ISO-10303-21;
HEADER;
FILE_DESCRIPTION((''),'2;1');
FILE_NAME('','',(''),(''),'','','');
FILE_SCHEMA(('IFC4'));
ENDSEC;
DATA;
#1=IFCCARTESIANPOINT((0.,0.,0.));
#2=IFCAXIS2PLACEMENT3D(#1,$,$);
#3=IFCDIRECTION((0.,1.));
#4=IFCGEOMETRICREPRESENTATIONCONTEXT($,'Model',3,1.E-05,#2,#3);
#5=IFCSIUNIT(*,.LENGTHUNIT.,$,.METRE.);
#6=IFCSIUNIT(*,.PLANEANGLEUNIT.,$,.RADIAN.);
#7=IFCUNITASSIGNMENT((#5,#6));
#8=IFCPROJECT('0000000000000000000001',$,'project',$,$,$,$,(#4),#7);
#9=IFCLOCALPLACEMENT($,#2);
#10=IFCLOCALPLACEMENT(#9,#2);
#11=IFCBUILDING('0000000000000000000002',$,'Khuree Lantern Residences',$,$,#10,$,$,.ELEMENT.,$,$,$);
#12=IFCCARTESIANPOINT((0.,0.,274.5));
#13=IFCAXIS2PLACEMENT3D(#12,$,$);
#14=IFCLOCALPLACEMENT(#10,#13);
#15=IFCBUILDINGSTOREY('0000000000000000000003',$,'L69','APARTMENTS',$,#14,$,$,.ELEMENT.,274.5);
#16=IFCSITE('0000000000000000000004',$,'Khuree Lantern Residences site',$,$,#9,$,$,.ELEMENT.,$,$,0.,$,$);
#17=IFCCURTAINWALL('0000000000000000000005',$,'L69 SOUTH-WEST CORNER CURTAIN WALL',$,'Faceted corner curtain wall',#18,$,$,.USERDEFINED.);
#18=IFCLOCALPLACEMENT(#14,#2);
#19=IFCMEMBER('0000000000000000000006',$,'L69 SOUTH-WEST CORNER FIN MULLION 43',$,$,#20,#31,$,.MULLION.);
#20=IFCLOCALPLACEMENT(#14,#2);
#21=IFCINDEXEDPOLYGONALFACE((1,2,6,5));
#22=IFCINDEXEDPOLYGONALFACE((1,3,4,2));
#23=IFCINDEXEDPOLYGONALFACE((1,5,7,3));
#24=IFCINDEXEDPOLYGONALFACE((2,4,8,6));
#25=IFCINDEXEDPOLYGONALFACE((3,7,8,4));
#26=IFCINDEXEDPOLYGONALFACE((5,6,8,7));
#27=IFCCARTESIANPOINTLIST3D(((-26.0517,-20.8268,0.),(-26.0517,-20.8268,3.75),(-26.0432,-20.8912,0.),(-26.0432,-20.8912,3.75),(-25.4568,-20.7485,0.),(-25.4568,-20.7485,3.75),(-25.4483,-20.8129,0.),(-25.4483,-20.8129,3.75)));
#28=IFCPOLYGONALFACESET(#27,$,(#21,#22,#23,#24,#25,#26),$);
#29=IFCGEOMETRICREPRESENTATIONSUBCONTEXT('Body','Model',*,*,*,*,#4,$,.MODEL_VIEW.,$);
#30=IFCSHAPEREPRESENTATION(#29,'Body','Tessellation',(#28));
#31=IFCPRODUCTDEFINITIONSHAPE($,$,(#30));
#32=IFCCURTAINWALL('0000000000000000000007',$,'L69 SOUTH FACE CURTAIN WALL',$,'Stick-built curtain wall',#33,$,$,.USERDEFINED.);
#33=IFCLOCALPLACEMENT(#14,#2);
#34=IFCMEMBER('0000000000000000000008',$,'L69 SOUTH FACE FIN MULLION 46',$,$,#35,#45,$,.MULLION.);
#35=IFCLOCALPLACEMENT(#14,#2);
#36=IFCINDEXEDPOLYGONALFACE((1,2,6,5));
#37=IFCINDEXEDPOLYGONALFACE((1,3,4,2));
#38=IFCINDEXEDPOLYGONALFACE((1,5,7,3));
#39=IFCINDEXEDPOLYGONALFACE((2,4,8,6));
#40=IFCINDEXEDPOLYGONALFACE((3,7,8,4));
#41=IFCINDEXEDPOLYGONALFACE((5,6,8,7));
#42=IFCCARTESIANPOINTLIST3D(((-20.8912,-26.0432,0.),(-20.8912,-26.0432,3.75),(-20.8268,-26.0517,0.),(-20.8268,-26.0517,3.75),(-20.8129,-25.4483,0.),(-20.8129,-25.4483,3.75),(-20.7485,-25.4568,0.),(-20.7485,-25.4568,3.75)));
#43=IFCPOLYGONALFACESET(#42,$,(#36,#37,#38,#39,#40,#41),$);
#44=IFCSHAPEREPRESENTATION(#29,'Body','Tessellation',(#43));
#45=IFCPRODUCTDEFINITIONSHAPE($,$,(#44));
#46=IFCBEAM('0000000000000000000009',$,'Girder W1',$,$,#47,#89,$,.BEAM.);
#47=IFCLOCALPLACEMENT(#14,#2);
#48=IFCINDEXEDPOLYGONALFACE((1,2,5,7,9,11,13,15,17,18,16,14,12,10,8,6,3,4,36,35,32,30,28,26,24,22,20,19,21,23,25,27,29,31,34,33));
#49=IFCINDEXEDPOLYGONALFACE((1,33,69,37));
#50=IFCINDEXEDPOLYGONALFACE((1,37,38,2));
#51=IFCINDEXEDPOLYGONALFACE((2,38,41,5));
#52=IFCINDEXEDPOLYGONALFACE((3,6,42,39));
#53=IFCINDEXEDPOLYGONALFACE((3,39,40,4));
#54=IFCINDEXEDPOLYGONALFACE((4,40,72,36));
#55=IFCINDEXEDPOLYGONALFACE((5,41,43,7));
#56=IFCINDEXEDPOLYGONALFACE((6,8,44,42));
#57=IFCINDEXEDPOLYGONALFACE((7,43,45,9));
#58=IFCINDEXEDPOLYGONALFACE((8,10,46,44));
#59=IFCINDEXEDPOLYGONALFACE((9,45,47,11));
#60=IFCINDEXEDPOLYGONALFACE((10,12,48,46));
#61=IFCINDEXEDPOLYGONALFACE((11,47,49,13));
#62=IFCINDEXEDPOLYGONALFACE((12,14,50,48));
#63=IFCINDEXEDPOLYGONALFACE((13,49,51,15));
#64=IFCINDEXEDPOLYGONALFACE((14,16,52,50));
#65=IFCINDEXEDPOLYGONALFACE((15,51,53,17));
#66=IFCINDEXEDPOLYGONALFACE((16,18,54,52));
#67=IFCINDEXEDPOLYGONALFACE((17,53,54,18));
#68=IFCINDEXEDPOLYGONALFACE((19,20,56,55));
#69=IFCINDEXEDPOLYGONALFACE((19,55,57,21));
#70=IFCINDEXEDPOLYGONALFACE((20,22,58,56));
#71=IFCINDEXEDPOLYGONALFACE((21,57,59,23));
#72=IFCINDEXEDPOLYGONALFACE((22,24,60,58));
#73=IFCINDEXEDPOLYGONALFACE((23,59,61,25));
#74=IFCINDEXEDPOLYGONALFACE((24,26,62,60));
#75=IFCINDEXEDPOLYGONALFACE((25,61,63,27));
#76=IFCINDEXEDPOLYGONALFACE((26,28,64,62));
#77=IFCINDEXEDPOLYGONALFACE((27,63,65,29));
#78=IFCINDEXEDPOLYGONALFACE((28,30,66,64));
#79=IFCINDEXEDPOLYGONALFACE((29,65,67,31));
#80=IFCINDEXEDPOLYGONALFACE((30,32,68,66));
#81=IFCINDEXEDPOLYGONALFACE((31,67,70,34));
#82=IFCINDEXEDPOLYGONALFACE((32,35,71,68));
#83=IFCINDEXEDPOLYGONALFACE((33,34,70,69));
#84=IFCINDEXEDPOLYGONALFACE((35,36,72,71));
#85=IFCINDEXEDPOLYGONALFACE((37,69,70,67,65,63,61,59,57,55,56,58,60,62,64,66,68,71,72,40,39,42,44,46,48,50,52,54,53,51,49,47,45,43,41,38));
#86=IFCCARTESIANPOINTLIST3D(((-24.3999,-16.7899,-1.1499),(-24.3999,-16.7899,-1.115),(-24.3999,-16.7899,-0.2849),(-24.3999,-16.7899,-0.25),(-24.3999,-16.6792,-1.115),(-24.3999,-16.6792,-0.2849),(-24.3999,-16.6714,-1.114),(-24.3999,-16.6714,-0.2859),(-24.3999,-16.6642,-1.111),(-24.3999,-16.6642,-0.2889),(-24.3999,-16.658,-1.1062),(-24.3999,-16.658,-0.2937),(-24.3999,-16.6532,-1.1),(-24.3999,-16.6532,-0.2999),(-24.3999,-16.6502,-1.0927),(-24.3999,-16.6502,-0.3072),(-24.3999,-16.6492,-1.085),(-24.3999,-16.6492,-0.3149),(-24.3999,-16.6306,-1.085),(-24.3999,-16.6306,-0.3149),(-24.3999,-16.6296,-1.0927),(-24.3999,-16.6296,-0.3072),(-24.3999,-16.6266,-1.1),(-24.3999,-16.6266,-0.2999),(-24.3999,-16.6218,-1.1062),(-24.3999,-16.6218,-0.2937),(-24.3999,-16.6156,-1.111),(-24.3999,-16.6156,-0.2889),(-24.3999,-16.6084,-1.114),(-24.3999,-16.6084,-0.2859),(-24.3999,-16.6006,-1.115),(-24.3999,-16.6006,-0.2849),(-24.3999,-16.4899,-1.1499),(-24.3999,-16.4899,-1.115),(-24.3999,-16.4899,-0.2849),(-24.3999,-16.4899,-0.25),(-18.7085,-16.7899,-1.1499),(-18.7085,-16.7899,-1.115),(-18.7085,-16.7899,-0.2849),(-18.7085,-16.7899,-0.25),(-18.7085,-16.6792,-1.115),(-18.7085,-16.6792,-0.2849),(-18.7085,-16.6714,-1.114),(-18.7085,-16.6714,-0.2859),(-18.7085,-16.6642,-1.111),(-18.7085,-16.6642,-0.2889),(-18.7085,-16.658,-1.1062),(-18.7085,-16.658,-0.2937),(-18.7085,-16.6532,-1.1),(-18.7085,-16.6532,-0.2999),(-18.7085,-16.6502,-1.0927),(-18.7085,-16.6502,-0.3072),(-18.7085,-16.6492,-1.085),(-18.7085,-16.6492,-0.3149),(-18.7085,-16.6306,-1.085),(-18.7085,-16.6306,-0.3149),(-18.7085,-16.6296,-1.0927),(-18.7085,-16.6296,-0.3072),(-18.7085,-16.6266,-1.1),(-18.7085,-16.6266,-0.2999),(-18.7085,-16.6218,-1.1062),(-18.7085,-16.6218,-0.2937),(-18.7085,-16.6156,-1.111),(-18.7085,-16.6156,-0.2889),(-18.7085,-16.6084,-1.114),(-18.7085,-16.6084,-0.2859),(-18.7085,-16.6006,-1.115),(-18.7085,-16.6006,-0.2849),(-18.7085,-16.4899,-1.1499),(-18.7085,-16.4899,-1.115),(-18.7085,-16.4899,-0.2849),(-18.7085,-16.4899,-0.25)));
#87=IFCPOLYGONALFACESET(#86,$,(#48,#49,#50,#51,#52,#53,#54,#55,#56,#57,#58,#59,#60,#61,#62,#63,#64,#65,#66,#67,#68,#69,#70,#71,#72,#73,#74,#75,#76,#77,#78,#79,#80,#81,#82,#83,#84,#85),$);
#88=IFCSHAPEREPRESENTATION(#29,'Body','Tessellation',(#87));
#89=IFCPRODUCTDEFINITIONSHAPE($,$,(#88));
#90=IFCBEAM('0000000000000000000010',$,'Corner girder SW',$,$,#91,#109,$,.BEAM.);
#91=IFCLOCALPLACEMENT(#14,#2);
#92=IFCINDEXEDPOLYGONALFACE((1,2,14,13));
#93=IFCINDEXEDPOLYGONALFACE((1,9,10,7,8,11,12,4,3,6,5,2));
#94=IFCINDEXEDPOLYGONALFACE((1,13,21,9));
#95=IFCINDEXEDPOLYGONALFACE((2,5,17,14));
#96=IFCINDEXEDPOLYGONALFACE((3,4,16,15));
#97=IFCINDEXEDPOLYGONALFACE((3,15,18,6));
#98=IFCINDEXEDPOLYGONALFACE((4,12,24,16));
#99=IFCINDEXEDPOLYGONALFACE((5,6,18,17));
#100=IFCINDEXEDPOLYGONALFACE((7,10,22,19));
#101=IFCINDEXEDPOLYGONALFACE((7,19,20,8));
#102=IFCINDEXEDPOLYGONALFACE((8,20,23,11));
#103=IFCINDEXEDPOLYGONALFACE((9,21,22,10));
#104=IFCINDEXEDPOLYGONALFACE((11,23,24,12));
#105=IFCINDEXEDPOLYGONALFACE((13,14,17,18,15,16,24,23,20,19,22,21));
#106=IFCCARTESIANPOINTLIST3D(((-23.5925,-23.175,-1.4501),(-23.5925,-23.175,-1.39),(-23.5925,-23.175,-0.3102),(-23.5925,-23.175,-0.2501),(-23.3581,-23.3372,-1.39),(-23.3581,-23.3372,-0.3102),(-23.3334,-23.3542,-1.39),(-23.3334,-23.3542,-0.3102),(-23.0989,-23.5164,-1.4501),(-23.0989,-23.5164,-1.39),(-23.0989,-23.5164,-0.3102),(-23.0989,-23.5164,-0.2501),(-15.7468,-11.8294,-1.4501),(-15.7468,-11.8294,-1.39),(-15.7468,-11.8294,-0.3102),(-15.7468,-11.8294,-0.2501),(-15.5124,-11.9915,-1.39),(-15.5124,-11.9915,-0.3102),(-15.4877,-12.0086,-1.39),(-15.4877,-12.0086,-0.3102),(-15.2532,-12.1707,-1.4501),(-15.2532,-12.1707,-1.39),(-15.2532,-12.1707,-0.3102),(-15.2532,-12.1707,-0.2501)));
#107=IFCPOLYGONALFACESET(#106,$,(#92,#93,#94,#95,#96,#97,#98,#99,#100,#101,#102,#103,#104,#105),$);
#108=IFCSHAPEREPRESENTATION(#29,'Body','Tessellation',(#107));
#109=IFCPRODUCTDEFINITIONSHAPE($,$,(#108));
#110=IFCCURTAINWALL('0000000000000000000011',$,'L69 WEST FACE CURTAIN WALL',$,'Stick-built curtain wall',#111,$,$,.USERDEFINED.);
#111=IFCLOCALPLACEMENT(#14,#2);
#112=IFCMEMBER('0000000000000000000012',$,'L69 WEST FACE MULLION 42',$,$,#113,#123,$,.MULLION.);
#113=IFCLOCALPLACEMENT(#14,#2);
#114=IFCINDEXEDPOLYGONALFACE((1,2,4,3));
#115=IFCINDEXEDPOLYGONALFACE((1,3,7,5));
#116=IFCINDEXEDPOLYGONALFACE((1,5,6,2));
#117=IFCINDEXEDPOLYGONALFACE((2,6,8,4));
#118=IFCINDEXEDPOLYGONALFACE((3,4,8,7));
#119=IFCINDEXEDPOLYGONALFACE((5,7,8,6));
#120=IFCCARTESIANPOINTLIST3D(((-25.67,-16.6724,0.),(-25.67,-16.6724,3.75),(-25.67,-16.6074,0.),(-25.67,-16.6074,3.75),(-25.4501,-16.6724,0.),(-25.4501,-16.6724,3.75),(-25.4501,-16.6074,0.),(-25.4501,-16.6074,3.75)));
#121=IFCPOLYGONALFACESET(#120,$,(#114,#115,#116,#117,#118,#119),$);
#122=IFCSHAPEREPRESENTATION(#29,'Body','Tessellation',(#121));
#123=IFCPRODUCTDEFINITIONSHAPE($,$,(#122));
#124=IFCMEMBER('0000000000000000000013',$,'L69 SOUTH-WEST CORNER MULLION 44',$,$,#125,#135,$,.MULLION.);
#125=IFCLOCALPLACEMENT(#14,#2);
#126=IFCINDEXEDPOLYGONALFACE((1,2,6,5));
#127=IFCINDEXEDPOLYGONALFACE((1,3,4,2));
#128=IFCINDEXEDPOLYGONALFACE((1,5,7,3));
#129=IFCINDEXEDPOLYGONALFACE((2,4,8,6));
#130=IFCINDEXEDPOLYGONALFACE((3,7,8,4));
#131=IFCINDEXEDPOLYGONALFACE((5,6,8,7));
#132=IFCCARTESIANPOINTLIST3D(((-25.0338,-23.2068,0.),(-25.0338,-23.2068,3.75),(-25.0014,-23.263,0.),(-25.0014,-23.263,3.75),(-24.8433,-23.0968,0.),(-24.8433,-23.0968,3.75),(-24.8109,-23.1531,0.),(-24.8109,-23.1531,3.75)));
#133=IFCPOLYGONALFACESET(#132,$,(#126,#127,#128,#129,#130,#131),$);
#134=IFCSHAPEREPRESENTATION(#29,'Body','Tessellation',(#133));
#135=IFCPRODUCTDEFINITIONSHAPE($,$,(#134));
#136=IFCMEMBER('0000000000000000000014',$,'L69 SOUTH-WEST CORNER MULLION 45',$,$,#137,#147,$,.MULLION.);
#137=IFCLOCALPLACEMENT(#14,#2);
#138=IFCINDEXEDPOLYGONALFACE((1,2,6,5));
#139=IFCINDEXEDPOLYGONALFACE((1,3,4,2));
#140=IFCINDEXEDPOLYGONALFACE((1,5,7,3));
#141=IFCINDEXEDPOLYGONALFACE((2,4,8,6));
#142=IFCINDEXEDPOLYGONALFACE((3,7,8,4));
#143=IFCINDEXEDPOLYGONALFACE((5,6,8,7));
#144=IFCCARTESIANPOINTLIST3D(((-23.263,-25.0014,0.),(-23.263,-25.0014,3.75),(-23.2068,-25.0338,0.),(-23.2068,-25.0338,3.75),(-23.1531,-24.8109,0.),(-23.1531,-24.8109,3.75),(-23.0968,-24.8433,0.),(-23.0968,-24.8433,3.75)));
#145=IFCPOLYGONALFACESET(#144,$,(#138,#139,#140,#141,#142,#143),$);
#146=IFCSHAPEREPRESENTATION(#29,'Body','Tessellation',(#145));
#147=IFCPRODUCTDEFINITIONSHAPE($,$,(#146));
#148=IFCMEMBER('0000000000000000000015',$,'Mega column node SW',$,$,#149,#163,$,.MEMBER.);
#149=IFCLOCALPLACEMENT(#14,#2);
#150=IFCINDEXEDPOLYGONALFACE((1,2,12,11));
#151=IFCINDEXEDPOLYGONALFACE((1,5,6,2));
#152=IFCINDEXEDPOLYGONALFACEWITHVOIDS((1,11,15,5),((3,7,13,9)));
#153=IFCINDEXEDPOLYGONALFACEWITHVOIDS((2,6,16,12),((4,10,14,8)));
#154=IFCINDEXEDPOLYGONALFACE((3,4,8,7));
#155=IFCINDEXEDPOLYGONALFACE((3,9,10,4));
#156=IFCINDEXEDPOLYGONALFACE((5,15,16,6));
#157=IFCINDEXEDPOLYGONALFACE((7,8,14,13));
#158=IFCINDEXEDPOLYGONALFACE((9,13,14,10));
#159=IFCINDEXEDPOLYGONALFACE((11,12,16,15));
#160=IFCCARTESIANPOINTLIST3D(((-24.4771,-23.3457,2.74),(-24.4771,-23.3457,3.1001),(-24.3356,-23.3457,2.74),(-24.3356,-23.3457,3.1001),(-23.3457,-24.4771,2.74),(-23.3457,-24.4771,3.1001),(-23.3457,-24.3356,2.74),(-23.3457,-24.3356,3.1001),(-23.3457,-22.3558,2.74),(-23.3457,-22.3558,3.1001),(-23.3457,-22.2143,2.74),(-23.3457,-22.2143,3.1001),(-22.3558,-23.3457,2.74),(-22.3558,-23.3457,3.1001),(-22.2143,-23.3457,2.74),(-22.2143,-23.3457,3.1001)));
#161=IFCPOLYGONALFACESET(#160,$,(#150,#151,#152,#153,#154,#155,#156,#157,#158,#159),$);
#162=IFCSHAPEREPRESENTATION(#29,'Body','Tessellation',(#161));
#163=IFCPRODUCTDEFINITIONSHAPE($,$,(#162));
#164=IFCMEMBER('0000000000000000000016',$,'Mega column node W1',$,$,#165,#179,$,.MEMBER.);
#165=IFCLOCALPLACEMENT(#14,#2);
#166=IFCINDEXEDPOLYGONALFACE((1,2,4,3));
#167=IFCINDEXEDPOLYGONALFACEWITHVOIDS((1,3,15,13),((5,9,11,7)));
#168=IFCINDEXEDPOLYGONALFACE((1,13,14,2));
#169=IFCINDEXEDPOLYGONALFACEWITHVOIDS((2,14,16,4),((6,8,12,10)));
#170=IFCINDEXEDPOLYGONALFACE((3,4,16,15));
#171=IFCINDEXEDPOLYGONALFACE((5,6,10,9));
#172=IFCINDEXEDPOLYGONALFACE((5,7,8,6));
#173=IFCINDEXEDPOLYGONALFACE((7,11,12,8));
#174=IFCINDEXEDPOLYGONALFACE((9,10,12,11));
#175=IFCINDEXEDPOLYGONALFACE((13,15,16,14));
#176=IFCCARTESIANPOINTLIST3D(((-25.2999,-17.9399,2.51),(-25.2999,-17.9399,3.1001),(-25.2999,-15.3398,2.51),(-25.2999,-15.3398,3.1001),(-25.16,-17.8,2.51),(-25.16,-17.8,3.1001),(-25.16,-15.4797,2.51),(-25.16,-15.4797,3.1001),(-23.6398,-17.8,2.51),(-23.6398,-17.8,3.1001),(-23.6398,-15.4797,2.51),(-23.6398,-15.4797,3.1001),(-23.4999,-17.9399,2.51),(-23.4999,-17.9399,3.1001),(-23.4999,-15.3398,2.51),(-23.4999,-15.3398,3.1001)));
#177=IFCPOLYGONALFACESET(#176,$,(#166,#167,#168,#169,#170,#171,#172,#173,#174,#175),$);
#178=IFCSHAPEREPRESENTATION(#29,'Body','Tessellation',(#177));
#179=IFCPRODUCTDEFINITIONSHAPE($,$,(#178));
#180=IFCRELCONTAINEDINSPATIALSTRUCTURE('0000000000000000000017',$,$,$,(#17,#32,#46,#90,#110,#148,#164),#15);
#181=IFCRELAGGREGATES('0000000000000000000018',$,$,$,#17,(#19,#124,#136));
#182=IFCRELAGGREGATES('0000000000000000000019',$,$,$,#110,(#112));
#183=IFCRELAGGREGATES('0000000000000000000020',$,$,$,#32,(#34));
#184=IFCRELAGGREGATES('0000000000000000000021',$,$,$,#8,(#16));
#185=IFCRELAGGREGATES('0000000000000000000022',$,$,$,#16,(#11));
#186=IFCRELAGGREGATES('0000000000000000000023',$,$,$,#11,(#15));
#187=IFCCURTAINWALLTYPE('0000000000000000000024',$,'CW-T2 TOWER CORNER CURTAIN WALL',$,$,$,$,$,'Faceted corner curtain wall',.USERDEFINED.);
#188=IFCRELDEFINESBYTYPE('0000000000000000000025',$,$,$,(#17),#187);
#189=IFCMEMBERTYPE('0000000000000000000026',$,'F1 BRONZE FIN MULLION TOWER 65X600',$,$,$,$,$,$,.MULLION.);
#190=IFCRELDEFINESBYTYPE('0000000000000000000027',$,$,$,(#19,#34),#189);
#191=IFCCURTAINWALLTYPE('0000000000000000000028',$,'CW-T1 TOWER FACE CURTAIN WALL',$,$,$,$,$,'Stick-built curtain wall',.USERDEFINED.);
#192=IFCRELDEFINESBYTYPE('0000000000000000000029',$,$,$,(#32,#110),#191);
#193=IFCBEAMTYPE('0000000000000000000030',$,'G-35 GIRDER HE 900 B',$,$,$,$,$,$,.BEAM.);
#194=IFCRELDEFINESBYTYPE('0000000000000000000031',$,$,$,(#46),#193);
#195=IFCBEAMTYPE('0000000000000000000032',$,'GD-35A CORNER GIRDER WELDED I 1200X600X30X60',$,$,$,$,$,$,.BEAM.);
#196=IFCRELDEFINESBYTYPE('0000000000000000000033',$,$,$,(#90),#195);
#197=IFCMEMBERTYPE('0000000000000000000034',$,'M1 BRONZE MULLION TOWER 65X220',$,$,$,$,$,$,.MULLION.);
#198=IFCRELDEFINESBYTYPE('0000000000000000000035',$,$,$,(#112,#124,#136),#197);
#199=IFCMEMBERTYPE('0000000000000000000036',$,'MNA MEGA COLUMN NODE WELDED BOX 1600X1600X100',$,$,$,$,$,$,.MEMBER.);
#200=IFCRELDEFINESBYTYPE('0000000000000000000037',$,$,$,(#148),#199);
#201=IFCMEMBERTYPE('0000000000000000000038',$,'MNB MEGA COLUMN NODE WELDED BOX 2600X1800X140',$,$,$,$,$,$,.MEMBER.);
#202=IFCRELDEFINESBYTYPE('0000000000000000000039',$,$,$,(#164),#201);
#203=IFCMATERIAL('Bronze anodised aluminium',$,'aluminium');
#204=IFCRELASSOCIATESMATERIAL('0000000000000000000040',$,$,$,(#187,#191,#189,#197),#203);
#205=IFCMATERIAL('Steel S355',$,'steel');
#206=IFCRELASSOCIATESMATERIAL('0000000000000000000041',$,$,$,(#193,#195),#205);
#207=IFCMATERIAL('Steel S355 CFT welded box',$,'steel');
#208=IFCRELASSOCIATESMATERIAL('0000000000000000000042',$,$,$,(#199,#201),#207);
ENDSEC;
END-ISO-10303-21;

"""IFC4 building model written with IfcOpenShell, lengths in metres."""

from ifc_helpers import new_model, si_unit, direction, frame, origin, origin_2d, place, context, subcontext, project, spatial, rectangle, hollow_rectangle, i_section, extrude, material, material_profile, profile_set, type_object, element, aggregate, save


model = new_model("IFC4")

# Units and contexts
model_context = context("Model", 3, precision=1e-05, world=origin(), true_north=direction((0.0, 1.0)))
body_context = subcontext(model_context, "Body", "Model", "MODEL_VIEW")
ifc_project = project(units=[si_unit("LENGTHUNIT", "METRE"), si_unit("PLANEANGLEUNIT", "RADIAN")], contexts=[model_context])

# Site, building, storey
site_placement = place(None, origin())
site = spatial("IfcSite", under=ifc_project, at=site_placement, Name="Khuree Lantern Residences site", CompositionType="ELEMENT", RefElevation=0.0)
building_placement = place(site_placement, origin())
building = spatial("IfcBuilding", under=site, at=building_placement, Name="Khuree Lantern Residences", CompositionType="ELEMENT")
storey_placement = place(building_placement, frame((0.0, 0.0, 274.5)))
storey = spatial("IfcBuildingStorey", under=building, at=storey_placement, Name="L69", Description="APARTMENTS", CompositionType="ELEMENT", Elevation=274.5)

# Shared definitions
ifc_material_1 = material(Name="Steel S355 CFT welded box", Category="steel")

# Shared definitions
ifc_material_2 = material(Name="Steel S355", Category="steel")

# Curtain walls, members
ifc_material_3 = material(Name="Bronze anodised aluminium", Category="aluminium")
curtain_wall_type_1 = type_object("IfcCurtainWallType", Name="CW-T2 TOWER CORNER CURTAIN WALL", ElementType="Faceted corner curtain wall", PredefinedType="USERDEFINED", material=ifc_material_3)
curtain_wall_1_placement = place(storey_placement, origin())
curtain_wall_1 = element("IfcCurtainWall", 1, at=curtain_wall_1_placement, inside=storey, type_object=curtain_wall_type_1, Name="L69 SOUTH-WEST CORNER CURTAIN WALL", ObjectType="Faceted corner curtain wall", PredefinedType="USERDEFINED")
ifc_material_profile_1 = material_profile(ifc_material_3, rectangle(XDim=0.0649, YDim=0.6001, at=origin_2d()), Name="F1 65X600")
ifc_profile_set_1 = profile_set([ifc_material_profile_1], Name="Bronze anodised aluminium")
member_type_1 = type_object("IfcMemberType", Name="F1 BRONZE FIN MULLION TOWER 65X600", PredefinedType="MULLION", material=ifc_profile_set_1)
member_1_placement = place(storey_placement, frame((-25.75, -20.8198, 0.0), z_axis=(0.0, 0.0, 1.0), x_axis=(0.130526, -0.991445, 0.0)))
member_1 = element("IfcMember", 2, at=member_1_placement, type_object=member_type_1, Name="L69 SOUTH-WEST CORNER FIN MULLION 43", PredefinedType="MULLION", context=body_context, shape_type="SweptSolid", body=[
    extrude(rectangle(XDim=0.0649, YDim=0.6001, at=origin_2d()), origin(), (0.0, 0.0, 1.0), 3.75),
])
curtain_wall_type_2 = type_object("IfcCurtainWallType", Name="CW-T1 TOWER FACE CURTAIN WALL", ElementType="Stick-built curtain wall", PredefinedType="USERDEFINED", material=ifc_material_3)
curtain_wall_2_placement = place(storey_placement, origin())
curtain_wall_2 = element("IfcCurtainWall", 3, at=curtain_wall_2_placement, inside=storey, type_object=curtain_wall_type_2, Name="L69 SOUTH FACE CURTAIN WALL", ObjectType="Stick-built curtain wall", PredefinedType="USERDEFINED")
member_2_placement = place(storey_placement, frame((-20.8198, -25.75, 0.0), z_axis=(0.0, 0.0, 1.0), x_axis=(0.991445, -0.130526, 0.0)))
member_2 = element("IfcMember", 4, at=member_2_placement, type_object=member_type_1, Name="L69 SOUTH FACE FIN MULLION 46", PredefinedType="MULLION", context=body_context, shape_type="SweptSolid", body=[
    extrude(rectangle(XDim=0.0649, YDim=0.6001, at=origin_2d()), origin(), (0.0, 0.0, 1.0), 3.75),
])

# Beams
ifc_material_profile_2 = material_profile(ifc_material_2, i_section(OverallWidth=0.3, OverallDepth=0.8999, WebThickness=0.0186, FlangeThickness=0.0349, FilletRadius=0.03, at=origin_2d()), Name="HE 900 B")
ifc_profile_set_2 = profile_set([ifc_material_profile_2], Name="Steel S355")
beam_type_1 = type_object("IfcBeamType", Name="G-35 GIRDER HE 900 B", PredefinedType="BEAM", material=ifc_profile_set_2)
beam_1_placement = place(storey_placement, frame((-24.3999, -16.6399, -0.7), z_axis=(1.0, 0.0, 0.0), x_axis=(0.0, 1.0, 0.0)))
element("IfcBeam", 5, at=beam_1_placement, inside=storey, type_object=beam_type_1, Name="Girder W1", PredefinedType="BEAM", context=body_context, shape_type="SweptSolid", body=[
    extrude(i_section(OverallWidth=0.3, OverallDepth=0.8999, WebThickness=0.0186, FlangeThickness=0.0349, FilletRadius=0.03, at=origin_2d()), origin(), (0.0, 0.0, 1.0), 5.6914),
])
ifc_material_profile_3 = material_profile(ifc_material_2, i_section(OverallWidth=0.6001, OverallDepth=1.2, WebThickness=0.03, FlangeThickness=0.0601, at=origin_2d()), Name="WELDED I 1200X600X30X60")
ifc_profile_set_3 = profile_set([ifc_material_profile_3], Name="Steel S355")
beam_type_2 = type_object("IfcBeamType", Name="GD-35A CORNER GIRDER WELDED I 1200X600X30X60", PredefinedType="BEAM", material=ifc_profile_set_3)
beam_2_placement = place(storey_placement, frame((-23.3457, -23.3457, -0.8501), z_axis=(0.568768, 0.822498, 0.0), x_axis=(-0.822498, 0.568768, 0.0)))
element("IfcBeam", 6, at=beam_2_placement, inside=storey, type_object=beam_type_2, Name="Corner girder SW", PredefinedType="BEAM", context=body_context, shape_type="SweptSolid", body=[
    extrude(i_section(OverallWidth=0.6001, OverallDepth=1.2, WebThickness=0.03, FlangeThickness=0.0601, at=origin_2d()), origin(), (0.0, 0.0, 1.0), 13.7942),
])

# Curtain wall, member
curtain_wall_3_placement = place(storey_placement, origin())
curtain_wall_3 = element("IfcCurtainWall", 7, at=curtain_wall_3_placement, inside=storey, type_object=curtain_wall_type_2, Name="L69 WEST FACE CURTAIN WALL", ObjectType="Stick-built curtain wall", PredefinedType="USERDEFINED")
ifc_material_profile_4 = material_profile(ifc_material_3, rectangle(XDim=0.0649, YDim=0.22, at=origin_2d()), Name="M1 65X220")
ifc_profile_set_4 = profile_set([ifc_material_profile_4], Name="Bronze anodised aluminium")
member_type_2 = type_object("IfcMemberType", Name="M1 BRONZE MULLION TOWER 65X220", PredefinedType="MULLION", material=ifc_profile_set_4)
member_3_placement = place(storey_placement, frame((-25.5601, -16.6399, 0.0), z_axis=(0.0, 0.0, 1.0), x_axis=(0.0, -1.0, 0.0)))
member_3 = element("IfcMember", 8, at=member_3_placement, type_object=member_type_2, Name="L69 WEST FACE MULLION 42", PredefinedType="MULLION", context=body_context, shape_type="SweptSolid", body=[
    extrude(rectangle(XDim=0.0649, YDim=0.22, at=origin_2d()), origin(), (0.0, 0.0, 1.0), 3.75),
])

# Members
member_4_placement = place(storey_placement, frame((-24.9224, -23.1799, 0.0), z_axis=(0.0, 0.0, 1.0), x_axis=(0.5, -0.866025, 0.0)))
member_4 = element("IfcMember", 9, at=member_4_placement, type_object=member_type_2, Name="L69 SOUTH-WEST CORNER MULLION 44", PredefinedType="MULLION", context=body_context, shape_type="SweptSolid", body=[
    extrude(rectangle(XDim=0.0649, YDim=0.22, at=origin_2d()), origin(), (0.0, 0.0, 1.0), 3.75),
])
member_5_placement = place(storey_placement, frame((-23.1799, -24.9224, 0.0), z_axis=(0.0, 0.0, 1.0), x_axis=(0.866025, -0.5, 0.0)))
member_5 = element("IfcMember", 10, at=member_5_placement, type_object=member_type_2, Name="L69 SOUTH-WEST CORNER MULLION 45", PredefinedType="MULLION", context=body_context, shape_type="SweptSolid", body=[
    extrude(rectangle(XDim=0.0649, YDim=0.22, at=origin_2d()), origin(), (0.0, 0.0, 1.0), 3.75),
])

# Members
ifc_material_profile_5 = material_profile(ifc_material_1, hollow_rectangle(XDim=1.6001, YDim=1.6001, WallThickness=0.1001, at=origin_2d()), Name="WELDED BOX 1600X1600X100")
ifc_profile_set_5 = profile_set([ifc_material_profile_5], Name="Steel S355 CFT welded box")
member_type_3 = type_object("IfcMemberType", Name="MNA MEGA COLUMN NODE WELDED BOX 1600X1600X100", PredefinedType="MEMBER", material=ifc_profile_set_5)
member_6_placement = place(storey_placement, frame((-23.3457, -23.3457, 2.74), z_axis=(0.0, 0.0, 1.0), x_axis=(0.707107, -0.707107, 0.0)))
element("IfcMember", 11, at=member_6_placement, inside=storey, type_object=member_type_3, Name="Mega column node SW", PredefinedType="MEMBER", context=body_context, shape_type="SweptSolid", body=[
    extrude(hollow_rectangle(XDim=1.6001, YDim=1.6001, WallThickness=0.1001, at=origin_2d()), origin(), (0.0, 0.0, 1.0), 0.3601),
])
ifc_material_profile_6 = material_profile(ifc_material_1, hollow_rectangle(XDim=2.6001, YDim=1.8, WallThickness=0.1399, at=origin_2d()), Name="WELDED BOX 2600X1800X140")
ifc_profile_set_6 = profile_set([ifc_material_profile_6], Name="Steel S355 CFT welded box")
member_type_4 = type_object("IfcMemberType", Name="MNB MEGA COLUMN NODE WELDED BOX 2600X1800X140", PredefinedType="MEMBER", material=ifc_profile_set_6)
member_7_placement = place(storey_placement, frame((-24.3999, -16.6399, 2.51), z_axis=(0.0, 0.0, 1.0), x_axis=(0.0, 1.0, 0.0)))
element("IfcMember", 12, at=member_7_placement, inside=storey, type_object=member_type_4, Name="Mega column node W1", PredefinedType="MEMBER", context=body_context, shape_type="SweptSolid", body=[
    extrude(hollow_rectangle(XDim=2.6001, YDim=1.8, WallThickness=0.1399, at=origin_2d()), origin(), (0.0, 0.0, 1.0), 0.5901),
])

aggregate(curtain_wall_1, [member_1, member_4, member_5])
aggregate(curtain_wall_3, [member_3])
aggregate(curtain_wall_2, [member_2])

save(model, "model.ifc")
